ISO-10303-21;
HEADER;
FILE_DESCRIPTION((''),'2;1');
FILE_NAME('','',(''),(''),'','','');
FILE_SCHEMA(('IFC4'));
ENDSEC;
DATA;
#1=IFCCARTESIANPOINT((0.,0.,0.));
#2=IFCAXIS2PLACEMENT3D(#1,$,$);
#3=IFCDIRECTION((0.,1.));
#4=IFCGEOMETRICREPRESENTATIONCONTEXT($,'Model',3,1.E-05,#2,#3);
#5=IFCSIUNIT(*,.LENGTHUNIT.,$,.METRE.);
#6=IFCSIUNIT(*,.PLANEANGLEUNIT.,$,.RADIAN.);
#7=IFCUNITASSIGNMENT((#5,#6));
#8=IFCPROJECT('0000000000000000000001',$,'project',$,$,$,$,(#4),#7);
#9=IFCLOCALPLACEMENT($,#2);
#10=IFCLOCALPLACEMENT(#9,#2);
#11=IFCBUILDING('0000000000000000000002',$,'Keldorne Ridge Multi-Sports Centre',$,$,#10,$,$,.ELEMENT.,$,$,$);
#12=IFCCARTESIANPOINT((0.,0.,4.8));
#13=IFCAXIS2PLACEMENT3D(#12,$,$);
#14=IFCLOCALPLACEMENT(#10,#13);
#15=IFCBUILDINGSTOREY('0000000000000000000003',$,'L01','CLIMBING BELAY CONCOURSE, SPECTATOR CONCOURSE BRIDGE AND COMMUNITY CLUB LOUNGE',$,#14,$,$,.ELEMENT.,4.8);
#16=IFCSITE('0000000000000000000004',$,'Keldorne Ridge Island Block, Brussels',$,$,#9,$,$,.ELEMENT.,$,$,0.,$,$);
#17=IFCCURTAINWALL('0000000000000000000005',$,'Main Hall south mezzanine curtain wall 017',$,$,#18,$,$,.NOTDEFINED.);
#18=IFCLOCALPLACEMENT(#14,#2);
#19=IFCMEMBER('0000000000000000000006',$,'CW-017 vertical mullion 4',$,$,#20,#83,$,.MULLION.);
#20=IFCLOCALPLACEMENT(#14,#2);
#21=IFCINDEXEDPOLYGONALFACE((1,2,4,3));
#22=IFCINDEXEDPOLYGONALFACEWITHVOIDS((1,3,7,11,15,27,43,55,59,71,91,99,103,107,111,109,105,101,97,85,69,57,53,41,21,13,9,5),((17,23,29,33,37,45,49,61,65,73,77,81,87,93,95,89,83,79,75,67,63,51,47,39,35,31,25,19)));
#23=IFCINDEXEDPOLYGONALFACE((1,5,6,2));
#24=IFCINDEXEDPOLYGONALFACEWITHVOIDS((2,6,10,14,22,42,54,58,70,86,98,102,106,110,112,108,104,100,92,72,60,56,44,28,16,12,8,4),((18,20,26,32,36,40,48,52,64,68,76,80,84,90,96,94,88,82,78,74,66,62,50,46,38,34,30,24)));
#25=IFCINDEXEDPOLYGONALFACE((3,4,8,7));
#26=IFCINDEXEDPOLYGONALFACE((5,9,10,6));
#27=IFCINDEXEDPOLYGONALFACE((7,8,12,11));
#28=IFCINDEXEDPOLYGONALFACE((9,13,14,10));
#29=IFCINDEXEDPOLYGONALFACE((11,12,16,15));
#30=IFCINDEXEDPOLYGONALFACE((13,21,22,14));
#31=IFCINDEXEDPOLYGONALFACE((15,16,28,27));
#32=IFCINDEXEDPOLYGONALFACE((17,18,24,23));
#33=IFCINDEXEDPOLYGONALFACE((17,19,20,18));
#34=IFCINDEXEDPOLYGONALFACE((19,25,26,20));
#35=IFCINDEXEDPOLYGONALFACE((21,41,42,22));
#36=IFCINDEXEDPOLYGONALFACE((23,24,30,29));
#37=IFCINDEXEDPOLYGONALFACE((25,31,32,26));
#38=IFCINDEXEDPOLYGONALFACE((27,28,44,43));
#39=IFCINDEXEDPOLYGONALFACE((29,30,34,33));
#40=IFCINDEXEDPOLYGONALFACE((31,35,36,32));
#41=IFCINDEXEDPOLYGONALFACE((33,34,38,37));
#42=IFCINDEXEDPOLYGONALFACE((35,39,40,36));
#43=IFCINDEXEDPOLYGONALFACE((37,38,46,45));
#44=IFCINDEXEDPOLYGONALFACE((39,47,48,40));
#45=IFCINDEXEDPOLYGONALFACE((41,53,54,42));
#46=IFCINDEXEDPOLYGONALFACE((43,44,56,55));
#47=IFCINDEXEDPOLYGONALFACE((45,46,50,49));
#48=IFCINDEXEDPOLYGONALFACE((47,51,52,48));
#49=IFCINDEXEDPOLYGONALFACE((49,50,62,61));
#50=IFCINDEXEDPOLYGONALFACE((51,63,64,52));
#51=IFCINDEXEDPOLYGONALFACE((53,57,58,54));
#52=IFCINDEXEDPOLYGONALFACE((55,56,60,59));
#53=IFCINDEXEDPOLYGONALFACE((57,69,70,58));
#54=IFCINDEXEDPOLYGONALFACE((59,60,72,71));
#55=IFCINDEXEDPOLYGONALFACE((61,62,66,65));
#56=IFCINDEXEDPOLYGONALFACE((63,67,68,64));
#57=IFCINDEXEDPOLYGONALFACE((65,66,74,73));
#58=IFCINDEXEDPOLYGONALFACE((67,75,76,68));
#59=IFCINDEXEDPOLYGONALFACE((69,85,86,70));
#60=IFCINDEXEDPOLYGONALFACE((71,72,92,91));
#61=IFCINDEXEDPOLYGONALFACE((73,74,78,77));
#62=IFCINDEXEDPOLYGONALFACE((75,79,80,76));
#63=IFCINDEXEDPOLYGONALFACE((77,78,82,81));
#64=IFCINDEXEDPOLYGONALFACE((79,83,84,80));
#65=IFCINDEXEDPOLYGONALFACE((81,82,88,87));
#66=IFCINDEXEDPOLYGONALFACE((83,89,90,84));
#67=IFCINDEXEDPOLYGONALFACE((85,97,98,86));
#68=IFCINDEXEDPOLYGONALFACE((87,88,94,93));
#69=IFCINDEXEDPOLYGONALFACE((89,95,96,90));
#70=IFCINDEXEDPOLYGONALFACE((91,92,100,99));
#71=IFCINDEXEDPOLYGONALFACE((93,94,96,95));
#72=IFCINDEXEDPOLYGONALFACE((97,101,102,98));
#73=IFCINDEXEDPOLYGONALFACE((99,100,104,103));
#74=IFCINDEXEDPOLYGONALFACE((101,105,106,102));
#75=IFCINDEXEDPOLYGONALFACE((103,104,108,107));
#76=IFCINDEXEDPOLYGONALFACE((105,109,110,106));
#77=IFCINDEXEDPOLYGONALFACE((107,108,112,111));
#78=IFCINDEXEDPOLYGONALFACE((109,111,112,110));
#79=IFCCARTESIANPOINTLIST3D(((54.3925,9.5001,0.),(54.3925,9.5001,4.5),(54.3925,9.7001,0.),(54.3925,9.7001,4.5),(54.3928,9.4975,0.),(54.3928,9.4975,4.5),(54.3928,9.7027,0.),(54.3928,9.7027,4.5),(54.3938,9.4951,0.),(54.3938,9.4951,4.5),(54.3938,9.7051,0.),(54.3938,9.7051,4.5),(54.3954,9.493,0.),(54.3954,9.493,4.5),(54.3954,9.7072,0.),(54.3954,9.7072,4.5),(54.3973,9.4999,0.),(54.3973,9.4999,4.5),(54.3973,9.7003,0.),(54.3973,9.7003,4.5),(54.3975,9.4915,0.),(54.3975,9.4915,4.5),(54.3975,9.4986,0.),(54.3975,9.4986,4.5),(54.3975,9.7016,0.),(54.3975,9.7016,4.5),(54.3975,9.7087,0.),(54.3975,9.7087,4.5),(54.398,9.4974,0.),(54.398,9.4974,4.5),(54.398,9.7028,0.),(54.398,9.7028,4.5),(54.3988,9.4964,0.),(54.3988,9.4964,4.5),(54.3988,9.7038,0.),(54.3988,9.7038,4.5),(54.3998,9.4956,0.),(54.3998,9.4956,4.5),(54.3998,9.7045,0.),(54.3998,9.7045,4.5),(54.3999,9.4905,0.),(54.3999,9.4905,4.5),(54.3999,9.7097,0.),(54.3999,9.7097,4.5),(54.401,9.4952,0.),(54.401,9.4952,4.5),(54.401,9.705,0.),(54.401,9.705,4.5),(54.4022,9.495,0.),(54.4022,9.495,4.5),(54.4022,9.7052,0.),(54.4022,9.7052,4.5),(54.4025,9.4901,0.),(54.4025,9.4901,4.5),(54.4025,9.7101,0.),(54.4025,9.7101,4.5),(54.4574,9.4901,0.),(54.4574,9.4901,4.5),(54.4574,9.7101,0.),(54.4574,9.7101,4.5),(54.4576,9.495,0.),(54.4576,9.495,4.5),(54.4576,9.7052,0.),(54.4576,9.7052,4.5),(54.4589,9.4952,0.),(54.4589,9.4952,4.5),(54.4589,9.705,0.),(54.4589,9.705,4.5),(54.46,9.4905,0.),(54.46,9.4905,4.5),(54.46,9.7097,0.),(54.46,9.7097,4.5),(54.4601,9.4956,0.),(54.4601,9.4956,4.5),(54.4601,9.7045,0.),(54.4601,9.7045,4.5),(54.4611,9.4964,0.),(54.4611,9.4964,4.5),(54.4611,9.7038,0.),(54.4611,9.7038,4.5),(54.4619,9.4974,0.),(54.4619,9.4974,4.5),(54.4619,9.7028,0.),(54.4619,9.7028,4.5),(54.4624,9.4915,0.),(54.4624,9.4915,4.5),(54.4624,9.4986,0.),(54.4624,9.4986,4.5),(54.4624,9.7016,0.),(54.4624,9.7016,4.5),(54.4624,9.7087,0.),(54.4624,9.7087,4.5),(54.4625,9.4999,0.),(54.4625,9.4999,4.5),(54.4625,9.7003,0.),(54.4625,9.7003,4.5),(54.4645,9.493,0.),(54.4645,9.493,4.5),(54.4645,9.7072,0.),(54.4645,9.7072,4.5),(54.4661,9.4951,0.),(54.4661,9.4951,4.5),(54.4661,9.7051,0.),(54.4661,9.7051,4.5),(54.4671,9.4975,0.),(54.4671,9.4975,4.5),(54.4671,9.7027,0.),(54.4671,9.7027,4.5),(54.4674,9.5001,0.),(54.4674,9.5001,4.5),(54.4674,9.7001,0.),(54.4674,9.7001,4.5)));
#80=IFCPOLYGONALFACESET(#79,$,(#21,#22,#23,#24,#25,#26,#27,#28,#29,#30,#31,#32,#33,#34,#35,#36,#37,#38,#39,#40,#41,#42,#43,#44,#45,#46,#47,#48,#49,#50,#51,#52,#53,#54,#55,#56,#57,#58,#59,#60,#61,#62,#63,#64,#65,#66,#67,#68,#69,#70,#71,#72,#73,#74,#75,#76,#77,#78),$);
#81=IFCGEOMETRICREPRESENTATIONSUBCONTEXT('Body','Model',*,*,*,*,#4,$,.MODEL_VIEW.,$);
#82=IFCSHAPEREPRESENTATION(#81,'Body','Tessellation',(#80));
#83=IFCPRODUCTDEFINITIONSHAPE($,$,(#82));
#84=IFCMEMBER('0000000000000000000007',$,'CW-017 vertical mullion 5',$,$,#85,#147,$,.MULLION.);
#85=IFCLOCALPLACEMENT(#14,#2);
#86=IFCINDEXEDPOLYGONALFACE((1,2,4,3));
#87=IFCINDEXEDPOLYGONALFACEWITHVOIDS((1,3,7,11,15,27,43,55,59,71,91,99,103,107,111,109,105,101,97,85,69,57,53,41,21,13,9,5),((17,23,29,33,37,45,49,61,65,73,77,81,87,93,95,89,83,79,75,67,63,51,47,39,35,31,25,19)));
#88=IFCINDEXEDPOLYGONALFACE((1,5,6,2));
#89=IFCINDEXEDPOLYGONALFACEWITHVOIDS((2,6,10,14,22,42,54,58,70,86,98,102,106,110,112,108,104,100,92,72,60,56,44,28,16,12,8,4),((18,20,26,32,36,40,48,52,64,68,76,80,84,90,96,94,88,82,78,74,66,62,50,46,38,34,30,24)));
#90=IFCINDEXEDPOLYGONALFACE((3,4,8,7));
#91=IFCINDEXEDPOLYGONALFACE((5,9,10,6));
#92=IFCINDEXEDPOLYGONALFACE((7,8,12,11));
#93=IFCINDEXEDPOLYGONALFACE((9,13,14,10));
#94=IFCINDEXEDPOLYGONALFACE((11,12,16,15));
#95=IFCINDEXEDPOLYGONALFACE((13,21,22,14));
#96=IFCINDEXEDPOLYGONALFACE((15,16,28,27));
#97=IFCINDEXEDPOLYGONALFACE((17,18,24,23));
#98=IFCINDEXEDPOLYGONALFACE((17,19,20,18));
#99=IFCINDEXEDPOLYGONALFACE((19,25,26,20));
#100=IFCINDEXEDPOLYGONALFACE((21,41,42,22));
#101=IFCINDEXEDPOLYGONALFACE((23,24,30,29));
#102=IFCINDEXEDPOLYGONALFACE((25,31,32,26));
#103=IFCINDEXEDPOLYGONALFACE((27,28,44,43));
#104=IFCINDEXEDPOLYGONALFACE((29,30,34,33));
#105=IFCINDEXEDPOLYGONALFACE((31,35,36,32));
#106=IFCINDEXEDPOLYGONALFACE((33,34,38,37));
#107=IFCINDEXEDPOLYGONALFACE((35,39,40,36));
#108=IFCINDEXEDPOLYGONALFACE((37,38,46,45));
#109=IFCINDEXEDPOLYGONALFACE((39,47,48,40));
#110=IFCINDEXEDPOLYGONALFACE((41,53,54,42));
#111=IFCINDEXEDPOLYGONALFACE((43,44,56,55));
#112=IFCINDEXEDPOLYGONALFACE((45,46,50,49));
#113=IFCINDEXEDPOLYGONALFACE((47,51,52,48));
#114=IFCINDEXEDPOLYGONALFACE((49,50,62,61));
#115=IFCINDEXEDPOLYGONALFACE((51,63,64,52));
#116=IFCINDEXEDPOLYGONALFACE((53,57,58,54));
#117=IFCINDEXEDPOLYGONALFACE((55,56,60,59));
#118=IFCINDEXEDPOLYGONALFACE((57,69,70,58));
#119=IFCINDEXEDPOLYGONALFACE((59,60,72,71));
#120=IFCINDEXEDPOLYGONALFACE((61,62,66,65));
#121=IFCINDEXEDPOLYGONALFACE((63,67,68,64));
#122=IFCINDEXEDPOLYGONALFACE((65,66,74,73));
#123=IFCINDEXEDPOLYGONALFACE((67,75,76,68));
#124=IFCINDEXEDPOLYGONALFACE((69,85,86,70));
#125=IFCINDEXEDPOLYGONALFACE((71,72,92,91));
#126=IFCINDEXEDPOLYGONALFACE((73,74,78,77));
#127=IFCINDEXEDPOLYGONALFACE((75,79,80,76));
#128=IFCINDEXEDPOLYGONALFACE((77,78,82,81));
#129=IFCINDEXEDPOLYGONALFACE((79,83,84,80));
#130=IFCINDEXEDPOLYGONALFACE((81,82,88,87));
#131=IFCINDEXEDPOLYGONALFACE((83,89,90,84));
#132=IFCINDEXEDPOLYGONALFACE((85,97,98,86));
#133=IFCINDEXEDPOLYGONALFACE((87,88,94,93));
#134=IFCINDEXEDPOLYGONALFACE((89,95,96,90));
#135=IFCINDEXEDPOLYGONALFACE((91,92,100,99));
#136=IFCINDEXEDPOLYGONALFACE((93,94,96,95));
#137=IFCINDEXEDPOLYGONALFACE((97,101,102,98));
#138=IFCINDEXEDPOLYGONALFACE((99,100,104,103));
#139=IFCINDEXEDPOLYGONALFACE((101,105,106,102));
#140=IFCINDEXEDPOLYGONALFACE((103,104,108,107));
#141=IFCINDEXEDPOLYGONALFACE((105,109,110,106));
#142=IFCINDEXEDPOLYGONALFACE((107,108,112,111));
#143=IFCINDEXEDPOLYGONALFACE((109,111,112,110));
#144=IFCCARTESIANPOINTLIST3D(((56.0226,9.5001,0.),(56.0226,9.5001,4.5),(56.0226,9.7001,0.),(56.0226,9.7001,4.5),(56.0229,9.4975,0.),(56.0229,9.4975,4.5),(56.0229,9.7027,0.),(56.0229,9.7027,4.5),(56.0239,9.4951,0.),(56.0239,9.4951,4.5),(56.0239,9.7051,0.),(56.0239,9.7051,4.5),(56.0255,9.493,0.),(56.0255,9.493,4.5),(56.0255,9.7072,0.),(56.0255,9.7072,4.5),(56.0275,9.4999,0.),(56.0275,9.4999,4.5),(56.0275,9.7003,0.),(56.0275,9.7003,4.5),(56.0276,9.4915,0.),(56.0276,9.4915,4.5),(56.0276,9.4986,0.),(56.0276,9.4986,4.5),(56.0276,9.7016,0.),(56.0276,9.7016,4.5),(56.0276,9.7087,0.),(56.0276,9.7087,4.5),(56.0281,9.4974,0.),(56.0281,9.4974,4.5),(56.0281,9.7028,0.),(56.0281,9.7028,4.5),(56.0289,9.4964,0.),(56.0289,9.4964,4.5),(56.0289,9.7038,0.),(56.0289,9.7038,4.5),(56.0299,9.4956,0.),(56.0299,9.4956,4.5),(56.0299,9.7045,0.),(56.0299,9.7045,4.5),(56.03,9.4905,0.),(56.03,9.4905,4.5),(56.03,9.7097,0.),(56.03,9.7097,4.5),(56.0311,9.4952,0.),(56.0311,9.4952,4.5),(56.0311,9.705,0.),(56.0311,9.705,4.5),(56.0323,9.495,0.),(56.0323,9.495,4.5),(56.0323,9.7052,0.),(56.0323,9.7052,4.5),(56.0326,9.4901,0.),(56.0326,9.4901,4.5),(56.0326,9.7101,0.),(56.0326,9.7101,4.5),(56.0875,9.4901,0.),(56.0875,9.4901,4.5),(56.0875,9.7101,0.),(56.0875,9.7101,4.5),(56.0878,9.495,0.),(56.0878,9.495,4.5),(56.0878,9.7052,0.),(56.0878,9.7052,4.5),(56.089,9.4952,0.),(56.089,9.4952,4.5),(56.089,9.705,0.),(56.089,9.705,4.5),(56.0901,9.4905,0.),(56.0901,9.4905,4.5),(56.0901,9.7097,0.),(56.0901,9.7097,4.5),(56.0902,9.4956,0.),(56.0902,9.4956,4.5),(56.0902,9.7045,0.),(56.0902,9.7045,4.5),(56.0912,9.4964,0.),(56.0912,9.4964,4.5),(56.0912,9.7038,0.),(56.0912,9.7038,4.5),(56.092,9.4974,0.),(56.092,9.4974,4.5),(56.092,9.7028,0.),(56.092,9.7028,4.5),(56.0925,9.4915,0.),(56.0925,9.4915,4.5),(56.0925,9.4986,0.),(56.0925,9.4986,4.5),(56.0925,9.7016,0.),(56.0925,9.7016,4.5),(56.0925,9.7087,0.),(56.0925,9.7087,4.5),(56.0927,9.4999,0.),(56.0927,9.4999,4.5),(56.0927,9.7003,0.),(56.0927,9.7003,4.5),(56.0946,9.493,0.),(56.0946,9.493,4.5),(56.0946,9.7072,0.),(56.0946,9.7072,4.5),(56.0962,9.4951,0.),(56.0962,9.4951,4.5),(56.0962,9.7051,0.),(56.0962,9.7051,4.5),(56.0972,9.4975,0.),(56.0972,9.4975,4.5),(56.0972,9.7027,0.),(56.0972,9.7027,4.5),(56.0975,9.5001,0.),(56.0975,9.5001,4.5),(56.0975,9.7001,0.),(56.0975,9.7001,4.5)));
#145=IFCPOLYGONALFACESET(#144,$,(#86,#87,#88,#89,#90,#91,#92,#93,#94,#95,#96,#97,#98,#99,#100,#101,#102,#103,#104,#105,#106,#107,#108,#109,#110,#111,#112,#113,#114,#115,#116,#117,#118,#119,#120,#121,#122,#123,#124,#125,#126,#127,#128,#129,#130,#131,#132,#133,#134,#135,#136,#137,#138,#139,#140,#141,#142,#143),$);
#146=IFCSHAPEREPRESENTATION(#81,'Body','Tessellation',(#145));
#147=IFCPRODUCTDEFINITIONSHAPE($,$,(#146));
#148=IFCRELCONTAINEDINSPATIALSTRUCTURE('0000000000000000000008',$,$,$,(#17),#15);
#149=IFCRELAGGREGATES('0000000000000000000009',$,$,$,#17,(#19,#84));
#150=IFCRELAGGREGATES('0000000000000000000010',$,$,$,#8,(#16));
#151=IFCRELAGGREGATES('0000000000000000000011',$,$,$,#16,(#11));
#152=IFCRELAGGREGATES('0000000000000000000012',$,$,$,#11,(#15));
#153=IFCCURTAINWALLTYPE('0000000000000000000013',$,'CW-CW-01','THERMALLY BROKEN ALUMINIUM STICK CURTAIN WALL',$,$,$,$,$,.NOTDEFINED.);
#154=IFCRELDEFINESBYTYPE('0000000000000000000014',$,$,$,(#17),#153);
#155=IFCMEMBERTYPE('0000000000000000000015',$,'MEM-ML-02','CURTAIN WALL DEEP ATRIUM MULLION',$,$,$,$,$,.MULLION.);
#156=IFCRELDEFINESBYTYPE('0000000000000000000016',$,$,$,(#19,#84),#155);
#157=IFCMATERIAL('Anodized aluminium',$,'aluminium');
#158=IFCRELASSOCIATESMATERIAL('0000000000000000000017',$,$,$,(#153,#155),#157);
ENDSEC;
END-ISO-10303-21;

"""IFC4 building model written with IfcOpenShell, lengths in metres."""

from ifc_helpers import new_model, si_unit, direction, frame, origin, origin_2d, place, context, subcontext, project, spatial, hollow_rectangle, extrude, material, material_profile, profile_set, type_object, element, aggregate, save


model = new_model("IFC4")

# Units and contexts
model_context = context("Model", 3, precision=1e-05, world=origin(), true_north=direction((0.0, 1.0)))
body_context = subcontext(model_context, "Body", "Model", "MODEL_VIEW")
ifc_project = project(units=[si_unit("LENGTHUNIT", "METRE"), si_unit("PLANEANGLEUNIT", "RADIAN")], contexts=[model_context])

# Site, building, storey
site_placement = place(None, origin())
site = spatial("IfcSite", under=ifc_project, at=site_placement, Name="Keldorne Ridge Island Block, Brussels", CompositionType="ELEMENT", RefElevation=0.0)
building_placement = place(site_placement, origin())
building = spatial("IfcBuilding", under=site, at=building_placement, Name="Keldorne Ridge Multi-Sports Centre", CompositionType="ELEMENT")
storey_placement = place(building_placement, frame((0.0, 0.0, 4.8)))
storey = spatial("IfcBuildingStorey", under=building, at=storey_placement, Name="L01", Description="CLIMBING BELAY CONCOURSE, SPECTATOR CONCOURSE BRIDGE AND COMMUNITY CLUB LOUNGE", CompositionType="ELEMENT", Elevation=4.8)

# Curtain wall, members
ifc_material_1 = material(Name="Anodized aluminium", Category="aluminium")
curtain_wall_type_1 = type_object("IfcCurtainWallType", Name="CW-CW-01", Description="THERMALLY BROKEN ALUMINIUM STICK CURTAIN WALL", PredefinedType="NOTDEFINED", material=ifc_material_1)
curtain_wall_1_placement = place(storey_placement, origin())
curtain_wall_1 = element("IfcCurtainWall", 1, at=curtain_wall_1_placement, inside=storey, type_object=curtain_wall_type_1, Name="Main Hall south mezzanine curtain wall 017", PredefinedType="NOTDEFINED")
ifc_material_profile_1 = material_profile(ifc_material_1, hollow_rectangle(XDim=0.075, YDim=0.22, WallThickness=0.0049, InnerFilletRadius=0.0049, OuterFilletRadius=0.01, at=origin_2d()), Name="ALU MULLION 220x75x5")
ifc_profile_set_1 = profile_set([ifc_material_profile_1], Name="Anodized aluminium")
member_type_1 = type_object("IfcMemberType", Name="MEM-ML-02", Description="CURTAIN WALL DEEP ATRIUM MULLION", PredefinedType="MULLION", material=ifc_profile_set_1)
member_1_placement = place(storey_placement, frame((54.4299, 9.6001, 0.0), z_axis=(0.0, 0.0, 1.0), x_axis=(1.0, 0.0, 0.0)))
member_1 = element("IfcMember", 2, at=member_1_placement, type_object=member_type_1, Name="CW-017 vertical mullion 4", PredefinedType="MULLION", context=body_context, shape_type="SweptSolid", body=[
    extrude(hollow_rectangle(XDim=0.075, YDim=0.22, WallThickness=0.0049, InnerFilletRadius=0.0049, OuterFilletRadius=0.01, at=origin_2d()), origin(), (0.0, 0.0, 1.0), 4.5),
])
member_2_placement = place(storey_placement, frame((56.0601, 9.6001, 0.0), z_axis=(0.0, 0.0, 1.0), x_axis=(1.0, 0.0, 0.0)))
member_2 = element("IfcMember", 3, at=member_2_placement, type_object=member_type_1, Name="CW-017 vertical mullion 5", PredefinedType="MULLION", context=body_context, shape_type="SweptSolid", body=[
    extrude(hollow_rectangle(XDim=0.075, YDim=0.22, WallThickness=0.0049, InnerFilletRadius=0.0049, OuterFilletRadius=0.01, at=origin_2d()), origin(), (0.0, 0.0, 1.0), 4.5),
])

aggregate(curtain_wall_1, [member_1, member_2])

save(model, "model.ifc")
